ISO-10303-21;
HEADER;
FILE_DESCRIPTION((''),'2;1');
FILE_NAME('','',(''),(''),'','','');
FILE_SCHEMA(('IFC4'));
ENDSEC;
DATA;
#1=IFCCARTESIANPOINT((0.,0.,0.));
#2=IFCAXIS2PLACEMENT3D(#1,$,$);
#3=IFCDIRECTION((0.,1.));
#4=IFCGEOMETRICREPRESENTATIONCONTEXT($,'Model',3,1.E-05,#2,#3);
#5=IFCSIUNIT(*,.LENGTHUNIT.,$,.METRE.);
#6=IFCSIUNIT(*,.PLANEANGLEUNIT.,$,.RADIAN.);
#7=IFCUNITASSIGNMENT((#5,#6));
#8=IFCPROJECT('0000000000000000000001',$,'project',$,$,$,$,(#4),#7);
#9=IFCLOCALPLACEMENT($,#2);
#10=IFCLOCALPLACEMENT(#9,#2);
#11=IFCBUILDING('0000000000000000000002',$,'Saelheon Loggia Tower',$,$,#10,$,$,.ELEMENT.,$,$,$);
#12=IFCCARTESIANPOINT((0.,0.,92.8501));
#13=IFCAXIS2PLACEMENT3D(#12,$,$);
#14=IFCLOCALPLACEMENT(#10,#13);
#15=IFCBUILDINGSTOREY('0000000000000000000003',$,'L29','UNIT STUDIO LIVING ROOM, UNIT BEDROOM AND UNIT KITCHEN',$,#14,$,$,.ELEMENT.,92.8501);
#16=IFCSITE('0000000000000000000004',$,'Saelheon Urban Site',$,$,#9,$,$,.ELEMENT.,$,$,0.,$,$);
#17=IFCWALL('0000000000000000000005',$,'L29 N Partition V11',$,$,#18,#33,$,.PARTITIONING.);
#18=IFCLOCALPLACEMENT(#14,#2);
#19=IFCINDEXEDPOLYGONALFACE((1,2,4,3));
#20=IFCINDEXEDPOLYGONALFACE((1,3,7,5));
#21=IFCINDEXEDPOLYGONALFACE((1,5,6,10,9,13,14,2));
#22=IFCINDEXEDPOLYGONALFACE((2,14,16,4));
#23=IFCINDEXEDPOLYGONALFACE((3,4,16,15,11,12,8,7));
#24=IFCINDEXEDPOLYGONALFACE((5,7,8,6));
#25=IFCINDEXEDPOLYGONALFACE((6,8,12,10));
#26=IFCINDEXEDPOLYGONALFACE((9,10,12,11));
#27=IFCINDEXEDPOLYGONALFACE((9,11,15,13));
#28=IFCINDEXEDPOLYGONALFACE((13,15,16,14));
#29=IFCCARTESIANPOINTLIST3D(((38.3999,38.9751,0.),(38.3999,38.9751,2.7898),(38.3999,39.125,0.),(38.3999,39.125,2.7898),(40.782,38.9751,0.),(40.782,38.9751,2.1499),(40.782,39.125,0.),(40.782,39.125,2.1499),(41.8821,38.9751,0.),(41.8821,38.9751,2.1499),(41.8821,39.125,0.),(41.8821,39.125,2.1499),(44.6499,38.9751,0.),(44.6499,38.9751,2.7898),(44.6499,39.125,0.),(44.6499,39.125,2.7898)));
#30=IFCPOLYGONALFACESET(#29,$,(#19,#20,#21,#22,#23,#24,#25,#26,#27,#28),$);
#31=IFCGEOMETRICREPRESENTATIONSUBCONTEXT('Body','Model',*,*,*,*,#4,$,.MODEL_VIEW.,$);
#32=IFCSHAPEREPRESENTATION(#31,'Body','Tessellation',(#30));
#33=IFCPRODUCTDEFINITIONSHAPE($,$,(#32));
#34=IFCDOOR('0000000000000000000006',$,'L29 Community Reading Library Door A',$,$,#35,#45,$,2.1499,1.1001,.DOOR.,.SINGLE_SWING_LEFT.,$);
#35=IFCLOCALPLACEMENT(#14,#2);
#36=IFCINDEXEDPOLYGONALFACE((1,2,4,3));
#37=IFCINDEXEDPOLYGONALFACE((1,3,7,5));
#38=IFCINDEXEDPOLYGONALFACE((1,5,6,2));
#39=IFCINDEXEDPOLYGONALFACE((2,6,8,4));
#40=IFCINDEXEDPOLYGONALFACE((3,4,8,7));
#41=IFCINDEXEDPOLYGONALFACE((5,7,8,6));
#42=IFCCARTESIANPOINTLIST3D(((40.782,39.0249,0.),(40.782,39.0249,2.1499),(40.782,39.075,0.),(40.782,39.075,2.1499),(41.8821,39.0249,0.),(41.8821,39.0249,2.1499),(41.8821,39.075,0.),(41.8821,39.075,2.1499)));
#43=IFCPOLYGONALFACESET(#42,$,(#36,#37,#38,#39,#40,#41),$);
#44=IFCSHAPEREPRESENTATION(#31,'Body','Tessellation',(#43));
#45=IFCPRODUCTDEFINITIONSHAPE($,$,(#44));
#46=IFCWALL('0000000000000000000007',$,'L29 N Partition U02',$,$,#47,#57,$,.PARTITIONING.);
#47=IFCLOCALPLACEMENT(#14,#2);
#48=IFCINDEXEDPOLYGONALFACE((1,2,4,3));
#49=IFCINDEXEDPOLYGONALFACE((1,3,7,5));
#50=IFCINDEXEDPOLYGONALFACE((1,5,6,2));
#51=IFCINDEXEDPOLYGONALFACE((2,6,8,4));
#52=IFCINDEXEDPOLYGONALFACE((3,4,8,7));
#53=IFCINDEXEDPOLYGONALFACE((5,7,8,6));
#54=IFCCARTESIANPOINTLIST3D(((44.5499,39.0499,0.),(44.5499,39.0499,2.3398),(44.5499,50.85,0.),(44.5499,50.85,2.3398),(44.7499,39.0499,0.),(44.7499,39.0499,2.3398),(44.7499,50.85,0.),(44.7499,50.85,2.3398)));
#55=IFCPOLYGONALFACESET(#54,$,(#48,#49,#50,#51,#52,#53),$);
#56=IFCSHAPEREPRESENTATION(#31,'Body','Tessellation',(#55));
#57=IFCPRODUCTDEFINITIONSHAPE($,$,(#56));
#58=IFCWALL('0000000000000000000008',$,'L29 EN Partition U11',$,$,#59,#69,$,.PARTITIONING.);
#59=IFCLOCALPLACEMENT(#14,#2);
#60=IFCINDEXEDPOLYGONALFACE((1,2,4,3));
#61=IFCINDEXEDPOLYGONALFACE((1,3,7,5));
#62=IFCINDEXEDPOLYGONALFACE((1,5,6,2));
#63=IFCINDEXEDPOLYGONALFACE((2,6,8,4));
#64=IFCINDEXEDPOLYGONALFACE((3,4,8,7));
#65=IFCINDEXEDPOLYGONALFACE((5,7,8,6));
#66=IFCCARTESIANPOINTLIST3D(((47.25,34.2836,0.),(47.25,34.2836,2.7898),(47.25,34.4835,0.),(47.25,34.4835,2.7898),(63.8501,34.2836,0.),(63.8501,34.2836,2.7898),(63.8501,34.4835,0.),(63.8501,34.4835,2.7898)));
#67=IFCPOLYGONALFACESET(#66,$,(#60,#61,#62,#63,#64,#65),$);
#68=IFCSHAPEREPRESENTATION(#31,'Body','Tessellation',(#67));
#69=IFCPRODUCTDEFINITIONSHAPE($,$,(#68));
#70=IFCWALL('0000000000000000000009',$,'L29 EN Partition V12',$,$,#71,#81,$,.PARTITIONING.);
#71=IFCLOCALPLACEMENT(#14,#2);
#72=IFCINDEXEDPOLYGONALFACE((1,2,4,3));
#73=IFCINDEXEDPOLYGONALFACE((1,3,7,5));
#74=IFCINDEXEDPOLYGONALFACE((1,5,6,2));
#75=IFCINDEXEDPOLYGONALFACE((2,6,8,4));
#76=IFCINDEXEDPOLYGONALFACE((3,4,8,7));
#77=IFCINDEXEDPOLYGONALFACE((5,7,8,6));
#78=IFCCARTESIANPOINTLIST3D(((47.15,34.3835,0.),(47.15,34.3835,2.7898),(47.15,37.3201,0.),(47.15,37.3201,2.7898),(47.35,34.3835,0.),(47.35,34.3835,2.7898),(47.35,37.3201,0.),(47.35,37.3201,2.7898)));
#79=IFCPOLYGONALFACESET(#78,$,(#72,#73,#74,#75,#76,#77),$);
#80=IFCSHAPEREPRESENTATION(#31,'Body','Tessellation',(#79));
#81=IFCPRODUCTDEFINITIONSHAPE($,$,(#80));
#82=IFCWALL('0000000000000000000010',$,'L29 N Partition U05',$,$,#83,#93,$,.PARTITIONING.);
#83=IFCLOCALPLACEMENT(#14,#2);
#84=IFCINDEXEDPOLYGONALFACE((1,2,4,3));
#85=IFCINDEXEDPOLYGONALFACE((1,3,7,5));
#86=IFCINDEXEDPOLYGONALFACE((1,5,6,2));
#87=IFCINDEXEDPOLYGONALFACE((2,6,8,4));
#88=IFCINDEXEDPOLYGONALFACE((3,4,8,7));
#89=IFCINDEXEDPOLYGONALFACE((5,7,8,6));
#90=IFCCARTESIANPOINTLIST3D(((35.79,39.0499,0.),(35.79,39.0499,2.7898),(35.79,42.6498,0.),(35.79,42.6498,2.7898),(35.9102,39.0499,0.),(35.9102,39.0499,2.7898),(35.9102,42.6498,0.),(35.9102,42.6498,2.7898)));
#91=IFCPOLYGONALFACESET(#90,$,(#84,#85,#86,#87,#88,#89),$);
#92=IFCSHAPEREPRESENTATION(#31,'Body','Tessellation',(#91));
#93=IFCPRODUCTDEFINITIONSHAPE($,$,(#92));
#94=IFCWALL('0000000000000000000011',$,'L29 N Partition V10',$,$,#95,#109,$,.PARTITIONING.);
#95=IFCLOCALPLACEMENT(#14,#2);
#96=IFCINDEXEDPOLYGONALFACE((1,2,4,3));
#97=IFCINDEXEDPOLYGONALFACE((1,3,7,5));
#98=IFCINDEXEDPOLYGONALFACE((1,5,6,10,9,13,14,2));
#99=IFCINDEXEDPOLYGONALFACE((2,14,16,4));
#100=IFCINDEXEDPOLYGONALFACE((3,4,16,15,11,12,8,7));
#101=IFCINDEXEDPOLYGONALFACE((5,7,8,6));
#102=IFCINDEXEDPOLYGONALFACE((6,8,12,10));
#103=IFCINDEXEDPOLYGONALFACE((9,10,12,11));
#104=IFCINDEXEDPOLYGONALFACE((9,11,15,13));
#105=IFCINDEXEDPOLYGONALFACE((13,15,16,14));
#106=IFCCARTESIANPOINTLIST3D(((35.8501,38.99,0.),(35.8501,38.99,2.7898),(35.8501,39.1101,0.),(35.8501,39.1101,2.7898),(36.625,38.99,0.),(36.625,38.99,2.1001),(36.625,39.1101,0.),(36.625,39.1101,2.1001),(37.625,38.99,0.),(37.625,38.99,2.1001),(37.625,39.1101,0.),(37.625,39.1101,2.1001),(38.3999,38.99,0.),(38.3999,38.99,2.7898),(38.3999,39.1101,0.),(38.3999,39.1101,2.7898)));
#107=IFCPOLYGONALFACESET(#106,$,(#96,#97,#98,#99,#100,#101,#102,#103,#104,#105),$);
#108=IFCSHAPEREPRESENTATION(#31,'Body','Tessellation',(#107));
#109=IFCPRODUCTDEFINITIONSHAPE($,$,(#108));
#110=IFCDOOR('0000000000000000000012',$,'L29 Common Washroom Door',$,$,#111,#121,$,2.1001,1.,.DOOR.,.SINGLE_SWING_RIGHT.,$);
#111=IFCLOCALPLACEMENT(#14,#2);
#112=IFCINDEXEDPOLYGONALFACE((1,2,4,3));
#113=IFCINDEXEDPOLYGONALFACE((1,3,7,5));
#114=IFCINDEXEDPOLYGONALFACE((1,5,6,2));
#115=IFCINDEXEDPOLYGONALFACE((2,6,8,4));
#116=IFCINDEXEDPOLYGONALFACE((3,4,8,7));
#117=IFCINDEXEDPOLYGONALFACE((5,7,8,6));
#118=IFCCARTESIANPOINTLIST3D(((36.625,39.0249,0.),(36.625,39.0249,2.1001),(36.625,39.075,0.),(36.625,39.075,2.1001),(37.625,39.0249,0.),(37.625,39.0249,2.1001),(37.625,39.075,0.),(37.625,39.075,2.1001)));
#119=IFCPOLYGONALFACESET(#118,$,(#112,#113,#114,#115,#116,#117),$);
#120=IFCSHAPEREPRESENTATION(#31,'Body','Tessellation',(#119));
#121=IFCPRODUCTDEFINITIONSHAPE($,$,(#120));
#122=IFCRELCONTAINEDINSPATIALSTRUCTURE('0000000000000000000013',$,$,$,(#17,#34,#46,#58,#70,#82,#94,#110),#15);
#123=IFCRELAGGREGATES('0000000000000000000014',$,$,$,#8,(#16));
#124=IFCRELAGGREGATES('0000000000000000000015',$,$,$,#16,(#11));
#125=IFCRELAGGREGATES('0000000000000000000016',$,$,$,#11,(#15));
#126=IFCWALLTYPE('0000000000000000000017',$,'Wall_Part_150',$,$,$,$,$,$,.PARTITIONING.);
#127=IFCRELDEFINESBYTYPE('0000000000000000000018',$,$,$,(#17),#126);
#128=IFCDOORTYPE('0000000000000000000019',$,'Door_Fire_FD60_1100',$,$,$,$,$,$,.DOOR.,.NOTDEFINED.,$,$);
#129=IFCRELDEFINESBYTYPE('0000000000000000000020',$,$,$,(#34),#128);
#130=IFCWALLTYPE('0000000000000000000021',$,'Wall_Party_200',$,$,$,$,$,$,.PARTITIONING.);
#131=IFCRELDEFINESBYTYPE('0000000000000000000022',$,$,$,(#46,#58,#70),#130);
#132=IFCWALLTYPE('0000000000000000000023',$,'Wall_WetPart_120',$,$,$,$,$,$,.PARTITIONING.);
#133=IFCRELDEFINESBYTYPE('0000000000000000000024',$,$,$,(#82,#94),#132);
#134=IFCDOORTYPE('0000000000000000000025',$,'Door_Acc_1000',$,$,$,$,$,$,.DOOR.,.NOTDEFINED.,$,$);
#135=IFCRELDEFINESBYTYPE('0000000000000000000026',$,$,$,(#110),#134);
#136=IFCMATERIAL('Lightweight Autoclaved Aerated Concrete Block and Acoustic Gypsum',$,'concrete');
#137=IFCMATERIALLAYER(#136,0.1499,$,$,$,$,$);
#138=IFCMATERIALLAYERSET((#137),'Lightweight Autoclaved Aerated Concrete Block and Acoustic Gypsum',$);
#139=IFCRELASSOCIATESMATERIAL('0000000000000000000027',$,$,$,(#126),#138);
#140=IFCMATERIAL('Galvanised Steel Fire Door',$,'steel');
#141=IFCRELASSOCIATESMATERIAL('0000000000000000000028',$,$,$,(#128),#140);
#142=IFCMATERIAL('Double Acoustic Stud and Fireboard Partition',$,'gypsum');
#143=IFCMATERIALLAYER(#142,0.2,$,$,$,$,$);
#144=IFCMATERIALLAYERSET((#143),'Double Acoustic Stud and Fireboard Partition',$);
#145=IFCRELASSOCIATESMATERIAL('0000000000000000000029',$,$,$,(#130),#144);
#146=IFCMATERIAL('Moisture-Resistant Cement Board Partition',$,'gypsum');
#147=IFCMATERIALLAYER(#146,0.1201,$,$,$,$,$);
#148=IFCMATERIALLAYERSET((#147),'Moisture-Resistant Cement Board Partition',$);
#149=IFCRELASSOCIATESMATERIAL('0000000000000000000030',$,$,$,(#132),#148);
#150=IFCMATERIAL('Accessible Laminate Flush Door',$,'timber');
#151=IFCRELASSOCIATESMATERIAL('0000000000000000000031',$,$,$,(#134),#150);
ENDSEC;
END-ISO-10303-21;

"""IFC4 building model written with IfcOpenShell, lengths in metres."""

from ifc_helpers import new_model, si_unit, direction, frame, frame_2d, origin, place, context, subcontext, project, spatial, rectangle, extrude, source, transform, mapped, material, layer, layer_set, type_object, element, fill, save


model = new_model("IFC4")

# Units and contexts
model_context = context("Model", 3, precision=1e-05, world=origin(), true_north=direction((0.0, 1.0)))
body_context = subcontext(model_context, "Body", "Model", "MODEL_VIEW")
ifc_project = project(units=[si_unit("LENGTHUNIT", "METRE"), si_unit("PLANEANGLEUNIT", "RADIAN")], contexts=[model_context])

# Site, building, storey
site_placement = place(None, origin())
site = spatial("IfcSite", under=ifc_project, at=site_placement, Name="Saelheon Urban Site", CompositionType="ELEMENT", RefElevation=0.0)
building_placement = place(site_placement, origin())
building = spatial("IfcBuilding", under=site, at=building_placement, Name="Saelheon Loggia Tower", CompositionType="ELEMENT")
storey_placement = place(building_placement, frame((0.0, 0.0, 92.8501)))
storey = spatial("IfcBuildingStorey", under=building, at=storey_placement, Name="L29", Description="UNIT STUDIO LIVING ROOM, UNIT BEDROOM AND UNIT KITCHEN", CompositionType="ELEMENT", Elevation=92.8501)

# Shared definitions
ifc_material_1 = material(Name="Lightweight Autoclaved Aerated Concrete Block and Acoustic Gypsum", Category="concrete")
ifc_layer_1 = layer(ifc_material_1, 0.1499)
ifc_layer_set_1 = layer_set([ifc_layer_1], Name="Lightweight Autoclaved Aerated Concrete Block and Acoustic Gypsum")
wall_type_1 = type_object("IfcWallType", Name="Wall_Part_150", PredefinedType="PARTITIONING", material=ifc_layer_set_1)

# Wall, opening, door
wall_1_placement = place(storey_placement, frame((38.3999, 39.05, 0.0), z_axis=(0.0, 0.0, 1.0), x_axis=(1.0, 0.0, 0.0)))
wall_1 = element("IfcWall", 1, at=wall_1_placement, inside=storey, type_object=wall_type_1, Name="L29 N Partition V11", PredefinedType="PARTITIONING", context=body_context, shape_type="SweptSolid", body=[
    extrude(rectangle(XDim=6.25, YDim=0.1499, at=frame_2d((3.125, 0.0))), origin(), (0.0, 0.0, 1.0), 2.7898),
])
opening_1_placement = place(wall_1_placement, frame((2.3821, 0.0, 0.0)))
opening_1 = element("IfcOpeningElement", 2, at=opening_1_placement, cuts=wall_1, PredefinedType="OPENING", context=body_context, shape_type="SweptSolid", body=[
    extrude(rectangle(XDim=1.1001, YDim=2.1499, at=frame_2d((0.55, 1.075))), frame((0.0, 0.0869, 0.0), z_axis=(0.0, -1.0, 0.0), x_axis=(1.0, 0.0, 0.0)), (0.0, 0.0, 1.0), 0.1738),
])
ifc_material_2 = material(Name="Galvanised Steel Fire Door", Category="steel")
door_type_1 = type_object("IfcDoorType", Name="Door_Fire_FD60_1100", OperationType="NOTDEFINED", PredefinedType="DOOR", material=ifc_material_2)
shared_shape_1 = source(origin(), body_context, "Body", "SweptSolid", [
    extrude(rectangle(XDim=1.1001, YDim=2.1499, at=frame_2d((0.55, 1.075))), frame((0.0, 0.0249, 0.0), z_axis=(0.0, -1.0, 0.0), x_axis=(1.0, 0.0, 0.0)), (0.0, 0.0, 1.0), 0.05),
])
door_1_placement = place(opening_1_placement, origin())
door_1 = element("IfcDoor", 3, at=door_1_placement, inside=storey, type_object=door_type_1, Name="L29 Community Reading Library Door A", OperationType="SINGLE_SWING_LEFT", OverallHeight=2.1499, OverallWidth=1.1001, PredefinedType="DOOR", context=body_context, shape_type="MappedRepresentation", body=[
    mapped(shared_shape_1, transform((0.0, 0.0, 0.0), scale=1.0)),
])
fill(opening_1, door_1)

# Walls
ifc_material_3 = material(Name="Double Acoustic Stud and Fireboard Partition", Category="gypsum")
ifc_layer_2 = layer(ifc_material_3, 0.2)
ifc_layer_set_2 = layer_set([ifc_layer_2], Name="Double Acoustic Stud and Fireboard Partition")
wall_type_2 = type_object("IfcWallType", Name="Wall_Party_200", PredefinedType="PARTITIONING", material=ifc_layer_set_2)
wall_2_placement = place(storey_placement, frame((44.6499, 39.05, 0.0), z_axis=(0.0, 0.0, 1.0), x_axis=(0.0, 1.0, 0.0)))
element("IfcWall", 4, at=wall_2_placement, inside=storey, type_object=wall_type_2, Name="L29 N Partition U02", PredefinedType="PARTITIONING", context=body_context, shape_type="SweptSolid", body=[
    extrude(rectangle(XDim=11.8, YDim=0.2, at=frame_2d((5.8999, 0.0))), origin(), (0.0, 0.0, 1.0), 2.3398),
])
wall_3_placement = place(storey_placement, frame((47.25, 34.3835, 0.0), z_axis=(0.0, 0.0, 1.0), x_axis=(1.0, 0.0, 0.0)))
element("IfcWall", 5, at=wall_3_placement, inside=storey, type_object=wall_type_2, Name="L29 EN Partition U11", PredefinedType="PARTITIONING", context=body_context, shape_type="SweptSolid", body=[
    extrude(rectangle(XDim=16.6001, YDim=0.2, at=frame_2d((8.3, 0.0))), origin(), (0.0, 0.0, 1.0), 2.7898),
])
wall_4_placement = place(storey_placement, frame((47.25, 34.3835, 0.0), z_axis=(0.0, 0.0, 1.0), x_axis=(0.0, 1.0, 0.0)))
element("IfcWall", 6, at=wall_4_placement, inside=storey, type_object=wall_type_2, Name="L29 EN Partition V12", PredefinedType="PARTITIONING", context=body_context, shape_type="SweptSolid", body=[
    extrude(rectangle(XDim=2.9365, YDim=0.2, at=frame_2d((1.4683, 0.0))), origin(), (0.0, 0.0, 1.0), 2.7898),
])

# Wall
ifc_material_4 = material(Name="Moisture-Resistant Cement Board Partition", Category="gypsum")
ifc_layer_3 = layer(ifc_material_4, 0.1201)
ifc_layer_set_3 = layer_set([ifc_layer_3], Name="Moisture-Resistant Cement Board Partition")
wall_type_3 = type_object("IfcWallType", Name="Wall_WetPart_120", PredefinedType="PARTITIONING", material=ifc_layer_set_3)
wall_5_placement = place(storey_placement, frame((35.8501, 39.05, 0.0), z_axis=(0.0, 0.0, 1.0), x_axis=(0.0, 1.0, 0.0)))
element("IfcWall", 7, at=wall_5_placement, inside=storey, type_object=wall_type_3, Name="L29 N Partition U05", PredefinedType="PARTITIONING", context=body_context, shape_type="SweptSolid", body=[
    extrude(rectangle(XDim=3.5999, YDim=0.1201, at=frame_2d((1.7998, 0.0))), origin(), (0.0, 0.0, 1.0), 2.7898),
])

# Wall, opening, door
wall_6_placement = place(storey_placement, frame((35.8501, 39.05, 0.0), z_axis=(0.0, 0.0, 1.0), x_axis=(1.0, 0.0, 0.0)))
wall_6 = element("IfcWall", 8, at=wall_6_placement, inside=storey, type_object=wall_type_3, Name="L29 N Partition V10", PredefinedType="PARTITIONING", context=body_context, shape_type="SweptSolid", body=[
    extrude(rectangle(XDim=2.5498, YDim=0.1201, at=frame_2d((1.2749, 0.0))), origin(), (0.0, 0.0, 1.0), 2.7898),
])
opening_2_placement = place(wall_6_placement, frame((0.7749, 0.0, 0.0)))
opening_2 = element("IfcOpeningElement", 9, at=opening_2_placement, cuts=wall_6, PredefinedType="OPENING", context=body_context, shape_type="SweptSolid", body=[
    extrude(rectangle(XDim=1.0, YDim=2.1001, at=frame_2d((0.5, 1.05))), frame((0.0, 0.072, 0.0), z_axis=(0.0, -1.0, 0.0), x_axis=(1.0, 0.0, 0.0)), (0.0, 0.0, 1.0), 0.144),
])
ifc_material_5 = material(Name="Accessible Laminate Flush Door", Category="timber")
door_type_2 = type_object("IfcDoorType", Name="Door_Acc_1000", OperationType="NOTDEFINED", PredefinedType="DOOR", material=ifc_material_5)
shared_shape_2 = source(origin(), body_context, "Body", "SweptSolid", [
    extrude(rectangle(XDim=1.0, YDim=2.1001, at=frame_2d((0.5, 1.05))), frame((0.0, 0.0249, 0.0), z_axis=(0.0, -1.0, 0.0), x_axis=(1.0, 0.0, 0.0)), (0.0, 0.0, 1.0), 0.05),
])
door_2_placement = place(opening_2_placement, origin())
door_2 = element("IfcDoor", 10, at=door_2_placement, inside=storey, type_object=door_type_2, Name="L29 Common Washroom Door", OperationType="SINGLE_SWING_RIGHT", OverallHeight=2.1001, OverallWidth=1.0, PredefinedType="DOOR", context=body_context, shape_type="MappedRepresentation", body=[
    mapped(shared_shape_2, transform((0.0, 0.0, 0.0), scale=1.0)),
])
fill(opening_2, door_2)

save(model, "model.ifc")
